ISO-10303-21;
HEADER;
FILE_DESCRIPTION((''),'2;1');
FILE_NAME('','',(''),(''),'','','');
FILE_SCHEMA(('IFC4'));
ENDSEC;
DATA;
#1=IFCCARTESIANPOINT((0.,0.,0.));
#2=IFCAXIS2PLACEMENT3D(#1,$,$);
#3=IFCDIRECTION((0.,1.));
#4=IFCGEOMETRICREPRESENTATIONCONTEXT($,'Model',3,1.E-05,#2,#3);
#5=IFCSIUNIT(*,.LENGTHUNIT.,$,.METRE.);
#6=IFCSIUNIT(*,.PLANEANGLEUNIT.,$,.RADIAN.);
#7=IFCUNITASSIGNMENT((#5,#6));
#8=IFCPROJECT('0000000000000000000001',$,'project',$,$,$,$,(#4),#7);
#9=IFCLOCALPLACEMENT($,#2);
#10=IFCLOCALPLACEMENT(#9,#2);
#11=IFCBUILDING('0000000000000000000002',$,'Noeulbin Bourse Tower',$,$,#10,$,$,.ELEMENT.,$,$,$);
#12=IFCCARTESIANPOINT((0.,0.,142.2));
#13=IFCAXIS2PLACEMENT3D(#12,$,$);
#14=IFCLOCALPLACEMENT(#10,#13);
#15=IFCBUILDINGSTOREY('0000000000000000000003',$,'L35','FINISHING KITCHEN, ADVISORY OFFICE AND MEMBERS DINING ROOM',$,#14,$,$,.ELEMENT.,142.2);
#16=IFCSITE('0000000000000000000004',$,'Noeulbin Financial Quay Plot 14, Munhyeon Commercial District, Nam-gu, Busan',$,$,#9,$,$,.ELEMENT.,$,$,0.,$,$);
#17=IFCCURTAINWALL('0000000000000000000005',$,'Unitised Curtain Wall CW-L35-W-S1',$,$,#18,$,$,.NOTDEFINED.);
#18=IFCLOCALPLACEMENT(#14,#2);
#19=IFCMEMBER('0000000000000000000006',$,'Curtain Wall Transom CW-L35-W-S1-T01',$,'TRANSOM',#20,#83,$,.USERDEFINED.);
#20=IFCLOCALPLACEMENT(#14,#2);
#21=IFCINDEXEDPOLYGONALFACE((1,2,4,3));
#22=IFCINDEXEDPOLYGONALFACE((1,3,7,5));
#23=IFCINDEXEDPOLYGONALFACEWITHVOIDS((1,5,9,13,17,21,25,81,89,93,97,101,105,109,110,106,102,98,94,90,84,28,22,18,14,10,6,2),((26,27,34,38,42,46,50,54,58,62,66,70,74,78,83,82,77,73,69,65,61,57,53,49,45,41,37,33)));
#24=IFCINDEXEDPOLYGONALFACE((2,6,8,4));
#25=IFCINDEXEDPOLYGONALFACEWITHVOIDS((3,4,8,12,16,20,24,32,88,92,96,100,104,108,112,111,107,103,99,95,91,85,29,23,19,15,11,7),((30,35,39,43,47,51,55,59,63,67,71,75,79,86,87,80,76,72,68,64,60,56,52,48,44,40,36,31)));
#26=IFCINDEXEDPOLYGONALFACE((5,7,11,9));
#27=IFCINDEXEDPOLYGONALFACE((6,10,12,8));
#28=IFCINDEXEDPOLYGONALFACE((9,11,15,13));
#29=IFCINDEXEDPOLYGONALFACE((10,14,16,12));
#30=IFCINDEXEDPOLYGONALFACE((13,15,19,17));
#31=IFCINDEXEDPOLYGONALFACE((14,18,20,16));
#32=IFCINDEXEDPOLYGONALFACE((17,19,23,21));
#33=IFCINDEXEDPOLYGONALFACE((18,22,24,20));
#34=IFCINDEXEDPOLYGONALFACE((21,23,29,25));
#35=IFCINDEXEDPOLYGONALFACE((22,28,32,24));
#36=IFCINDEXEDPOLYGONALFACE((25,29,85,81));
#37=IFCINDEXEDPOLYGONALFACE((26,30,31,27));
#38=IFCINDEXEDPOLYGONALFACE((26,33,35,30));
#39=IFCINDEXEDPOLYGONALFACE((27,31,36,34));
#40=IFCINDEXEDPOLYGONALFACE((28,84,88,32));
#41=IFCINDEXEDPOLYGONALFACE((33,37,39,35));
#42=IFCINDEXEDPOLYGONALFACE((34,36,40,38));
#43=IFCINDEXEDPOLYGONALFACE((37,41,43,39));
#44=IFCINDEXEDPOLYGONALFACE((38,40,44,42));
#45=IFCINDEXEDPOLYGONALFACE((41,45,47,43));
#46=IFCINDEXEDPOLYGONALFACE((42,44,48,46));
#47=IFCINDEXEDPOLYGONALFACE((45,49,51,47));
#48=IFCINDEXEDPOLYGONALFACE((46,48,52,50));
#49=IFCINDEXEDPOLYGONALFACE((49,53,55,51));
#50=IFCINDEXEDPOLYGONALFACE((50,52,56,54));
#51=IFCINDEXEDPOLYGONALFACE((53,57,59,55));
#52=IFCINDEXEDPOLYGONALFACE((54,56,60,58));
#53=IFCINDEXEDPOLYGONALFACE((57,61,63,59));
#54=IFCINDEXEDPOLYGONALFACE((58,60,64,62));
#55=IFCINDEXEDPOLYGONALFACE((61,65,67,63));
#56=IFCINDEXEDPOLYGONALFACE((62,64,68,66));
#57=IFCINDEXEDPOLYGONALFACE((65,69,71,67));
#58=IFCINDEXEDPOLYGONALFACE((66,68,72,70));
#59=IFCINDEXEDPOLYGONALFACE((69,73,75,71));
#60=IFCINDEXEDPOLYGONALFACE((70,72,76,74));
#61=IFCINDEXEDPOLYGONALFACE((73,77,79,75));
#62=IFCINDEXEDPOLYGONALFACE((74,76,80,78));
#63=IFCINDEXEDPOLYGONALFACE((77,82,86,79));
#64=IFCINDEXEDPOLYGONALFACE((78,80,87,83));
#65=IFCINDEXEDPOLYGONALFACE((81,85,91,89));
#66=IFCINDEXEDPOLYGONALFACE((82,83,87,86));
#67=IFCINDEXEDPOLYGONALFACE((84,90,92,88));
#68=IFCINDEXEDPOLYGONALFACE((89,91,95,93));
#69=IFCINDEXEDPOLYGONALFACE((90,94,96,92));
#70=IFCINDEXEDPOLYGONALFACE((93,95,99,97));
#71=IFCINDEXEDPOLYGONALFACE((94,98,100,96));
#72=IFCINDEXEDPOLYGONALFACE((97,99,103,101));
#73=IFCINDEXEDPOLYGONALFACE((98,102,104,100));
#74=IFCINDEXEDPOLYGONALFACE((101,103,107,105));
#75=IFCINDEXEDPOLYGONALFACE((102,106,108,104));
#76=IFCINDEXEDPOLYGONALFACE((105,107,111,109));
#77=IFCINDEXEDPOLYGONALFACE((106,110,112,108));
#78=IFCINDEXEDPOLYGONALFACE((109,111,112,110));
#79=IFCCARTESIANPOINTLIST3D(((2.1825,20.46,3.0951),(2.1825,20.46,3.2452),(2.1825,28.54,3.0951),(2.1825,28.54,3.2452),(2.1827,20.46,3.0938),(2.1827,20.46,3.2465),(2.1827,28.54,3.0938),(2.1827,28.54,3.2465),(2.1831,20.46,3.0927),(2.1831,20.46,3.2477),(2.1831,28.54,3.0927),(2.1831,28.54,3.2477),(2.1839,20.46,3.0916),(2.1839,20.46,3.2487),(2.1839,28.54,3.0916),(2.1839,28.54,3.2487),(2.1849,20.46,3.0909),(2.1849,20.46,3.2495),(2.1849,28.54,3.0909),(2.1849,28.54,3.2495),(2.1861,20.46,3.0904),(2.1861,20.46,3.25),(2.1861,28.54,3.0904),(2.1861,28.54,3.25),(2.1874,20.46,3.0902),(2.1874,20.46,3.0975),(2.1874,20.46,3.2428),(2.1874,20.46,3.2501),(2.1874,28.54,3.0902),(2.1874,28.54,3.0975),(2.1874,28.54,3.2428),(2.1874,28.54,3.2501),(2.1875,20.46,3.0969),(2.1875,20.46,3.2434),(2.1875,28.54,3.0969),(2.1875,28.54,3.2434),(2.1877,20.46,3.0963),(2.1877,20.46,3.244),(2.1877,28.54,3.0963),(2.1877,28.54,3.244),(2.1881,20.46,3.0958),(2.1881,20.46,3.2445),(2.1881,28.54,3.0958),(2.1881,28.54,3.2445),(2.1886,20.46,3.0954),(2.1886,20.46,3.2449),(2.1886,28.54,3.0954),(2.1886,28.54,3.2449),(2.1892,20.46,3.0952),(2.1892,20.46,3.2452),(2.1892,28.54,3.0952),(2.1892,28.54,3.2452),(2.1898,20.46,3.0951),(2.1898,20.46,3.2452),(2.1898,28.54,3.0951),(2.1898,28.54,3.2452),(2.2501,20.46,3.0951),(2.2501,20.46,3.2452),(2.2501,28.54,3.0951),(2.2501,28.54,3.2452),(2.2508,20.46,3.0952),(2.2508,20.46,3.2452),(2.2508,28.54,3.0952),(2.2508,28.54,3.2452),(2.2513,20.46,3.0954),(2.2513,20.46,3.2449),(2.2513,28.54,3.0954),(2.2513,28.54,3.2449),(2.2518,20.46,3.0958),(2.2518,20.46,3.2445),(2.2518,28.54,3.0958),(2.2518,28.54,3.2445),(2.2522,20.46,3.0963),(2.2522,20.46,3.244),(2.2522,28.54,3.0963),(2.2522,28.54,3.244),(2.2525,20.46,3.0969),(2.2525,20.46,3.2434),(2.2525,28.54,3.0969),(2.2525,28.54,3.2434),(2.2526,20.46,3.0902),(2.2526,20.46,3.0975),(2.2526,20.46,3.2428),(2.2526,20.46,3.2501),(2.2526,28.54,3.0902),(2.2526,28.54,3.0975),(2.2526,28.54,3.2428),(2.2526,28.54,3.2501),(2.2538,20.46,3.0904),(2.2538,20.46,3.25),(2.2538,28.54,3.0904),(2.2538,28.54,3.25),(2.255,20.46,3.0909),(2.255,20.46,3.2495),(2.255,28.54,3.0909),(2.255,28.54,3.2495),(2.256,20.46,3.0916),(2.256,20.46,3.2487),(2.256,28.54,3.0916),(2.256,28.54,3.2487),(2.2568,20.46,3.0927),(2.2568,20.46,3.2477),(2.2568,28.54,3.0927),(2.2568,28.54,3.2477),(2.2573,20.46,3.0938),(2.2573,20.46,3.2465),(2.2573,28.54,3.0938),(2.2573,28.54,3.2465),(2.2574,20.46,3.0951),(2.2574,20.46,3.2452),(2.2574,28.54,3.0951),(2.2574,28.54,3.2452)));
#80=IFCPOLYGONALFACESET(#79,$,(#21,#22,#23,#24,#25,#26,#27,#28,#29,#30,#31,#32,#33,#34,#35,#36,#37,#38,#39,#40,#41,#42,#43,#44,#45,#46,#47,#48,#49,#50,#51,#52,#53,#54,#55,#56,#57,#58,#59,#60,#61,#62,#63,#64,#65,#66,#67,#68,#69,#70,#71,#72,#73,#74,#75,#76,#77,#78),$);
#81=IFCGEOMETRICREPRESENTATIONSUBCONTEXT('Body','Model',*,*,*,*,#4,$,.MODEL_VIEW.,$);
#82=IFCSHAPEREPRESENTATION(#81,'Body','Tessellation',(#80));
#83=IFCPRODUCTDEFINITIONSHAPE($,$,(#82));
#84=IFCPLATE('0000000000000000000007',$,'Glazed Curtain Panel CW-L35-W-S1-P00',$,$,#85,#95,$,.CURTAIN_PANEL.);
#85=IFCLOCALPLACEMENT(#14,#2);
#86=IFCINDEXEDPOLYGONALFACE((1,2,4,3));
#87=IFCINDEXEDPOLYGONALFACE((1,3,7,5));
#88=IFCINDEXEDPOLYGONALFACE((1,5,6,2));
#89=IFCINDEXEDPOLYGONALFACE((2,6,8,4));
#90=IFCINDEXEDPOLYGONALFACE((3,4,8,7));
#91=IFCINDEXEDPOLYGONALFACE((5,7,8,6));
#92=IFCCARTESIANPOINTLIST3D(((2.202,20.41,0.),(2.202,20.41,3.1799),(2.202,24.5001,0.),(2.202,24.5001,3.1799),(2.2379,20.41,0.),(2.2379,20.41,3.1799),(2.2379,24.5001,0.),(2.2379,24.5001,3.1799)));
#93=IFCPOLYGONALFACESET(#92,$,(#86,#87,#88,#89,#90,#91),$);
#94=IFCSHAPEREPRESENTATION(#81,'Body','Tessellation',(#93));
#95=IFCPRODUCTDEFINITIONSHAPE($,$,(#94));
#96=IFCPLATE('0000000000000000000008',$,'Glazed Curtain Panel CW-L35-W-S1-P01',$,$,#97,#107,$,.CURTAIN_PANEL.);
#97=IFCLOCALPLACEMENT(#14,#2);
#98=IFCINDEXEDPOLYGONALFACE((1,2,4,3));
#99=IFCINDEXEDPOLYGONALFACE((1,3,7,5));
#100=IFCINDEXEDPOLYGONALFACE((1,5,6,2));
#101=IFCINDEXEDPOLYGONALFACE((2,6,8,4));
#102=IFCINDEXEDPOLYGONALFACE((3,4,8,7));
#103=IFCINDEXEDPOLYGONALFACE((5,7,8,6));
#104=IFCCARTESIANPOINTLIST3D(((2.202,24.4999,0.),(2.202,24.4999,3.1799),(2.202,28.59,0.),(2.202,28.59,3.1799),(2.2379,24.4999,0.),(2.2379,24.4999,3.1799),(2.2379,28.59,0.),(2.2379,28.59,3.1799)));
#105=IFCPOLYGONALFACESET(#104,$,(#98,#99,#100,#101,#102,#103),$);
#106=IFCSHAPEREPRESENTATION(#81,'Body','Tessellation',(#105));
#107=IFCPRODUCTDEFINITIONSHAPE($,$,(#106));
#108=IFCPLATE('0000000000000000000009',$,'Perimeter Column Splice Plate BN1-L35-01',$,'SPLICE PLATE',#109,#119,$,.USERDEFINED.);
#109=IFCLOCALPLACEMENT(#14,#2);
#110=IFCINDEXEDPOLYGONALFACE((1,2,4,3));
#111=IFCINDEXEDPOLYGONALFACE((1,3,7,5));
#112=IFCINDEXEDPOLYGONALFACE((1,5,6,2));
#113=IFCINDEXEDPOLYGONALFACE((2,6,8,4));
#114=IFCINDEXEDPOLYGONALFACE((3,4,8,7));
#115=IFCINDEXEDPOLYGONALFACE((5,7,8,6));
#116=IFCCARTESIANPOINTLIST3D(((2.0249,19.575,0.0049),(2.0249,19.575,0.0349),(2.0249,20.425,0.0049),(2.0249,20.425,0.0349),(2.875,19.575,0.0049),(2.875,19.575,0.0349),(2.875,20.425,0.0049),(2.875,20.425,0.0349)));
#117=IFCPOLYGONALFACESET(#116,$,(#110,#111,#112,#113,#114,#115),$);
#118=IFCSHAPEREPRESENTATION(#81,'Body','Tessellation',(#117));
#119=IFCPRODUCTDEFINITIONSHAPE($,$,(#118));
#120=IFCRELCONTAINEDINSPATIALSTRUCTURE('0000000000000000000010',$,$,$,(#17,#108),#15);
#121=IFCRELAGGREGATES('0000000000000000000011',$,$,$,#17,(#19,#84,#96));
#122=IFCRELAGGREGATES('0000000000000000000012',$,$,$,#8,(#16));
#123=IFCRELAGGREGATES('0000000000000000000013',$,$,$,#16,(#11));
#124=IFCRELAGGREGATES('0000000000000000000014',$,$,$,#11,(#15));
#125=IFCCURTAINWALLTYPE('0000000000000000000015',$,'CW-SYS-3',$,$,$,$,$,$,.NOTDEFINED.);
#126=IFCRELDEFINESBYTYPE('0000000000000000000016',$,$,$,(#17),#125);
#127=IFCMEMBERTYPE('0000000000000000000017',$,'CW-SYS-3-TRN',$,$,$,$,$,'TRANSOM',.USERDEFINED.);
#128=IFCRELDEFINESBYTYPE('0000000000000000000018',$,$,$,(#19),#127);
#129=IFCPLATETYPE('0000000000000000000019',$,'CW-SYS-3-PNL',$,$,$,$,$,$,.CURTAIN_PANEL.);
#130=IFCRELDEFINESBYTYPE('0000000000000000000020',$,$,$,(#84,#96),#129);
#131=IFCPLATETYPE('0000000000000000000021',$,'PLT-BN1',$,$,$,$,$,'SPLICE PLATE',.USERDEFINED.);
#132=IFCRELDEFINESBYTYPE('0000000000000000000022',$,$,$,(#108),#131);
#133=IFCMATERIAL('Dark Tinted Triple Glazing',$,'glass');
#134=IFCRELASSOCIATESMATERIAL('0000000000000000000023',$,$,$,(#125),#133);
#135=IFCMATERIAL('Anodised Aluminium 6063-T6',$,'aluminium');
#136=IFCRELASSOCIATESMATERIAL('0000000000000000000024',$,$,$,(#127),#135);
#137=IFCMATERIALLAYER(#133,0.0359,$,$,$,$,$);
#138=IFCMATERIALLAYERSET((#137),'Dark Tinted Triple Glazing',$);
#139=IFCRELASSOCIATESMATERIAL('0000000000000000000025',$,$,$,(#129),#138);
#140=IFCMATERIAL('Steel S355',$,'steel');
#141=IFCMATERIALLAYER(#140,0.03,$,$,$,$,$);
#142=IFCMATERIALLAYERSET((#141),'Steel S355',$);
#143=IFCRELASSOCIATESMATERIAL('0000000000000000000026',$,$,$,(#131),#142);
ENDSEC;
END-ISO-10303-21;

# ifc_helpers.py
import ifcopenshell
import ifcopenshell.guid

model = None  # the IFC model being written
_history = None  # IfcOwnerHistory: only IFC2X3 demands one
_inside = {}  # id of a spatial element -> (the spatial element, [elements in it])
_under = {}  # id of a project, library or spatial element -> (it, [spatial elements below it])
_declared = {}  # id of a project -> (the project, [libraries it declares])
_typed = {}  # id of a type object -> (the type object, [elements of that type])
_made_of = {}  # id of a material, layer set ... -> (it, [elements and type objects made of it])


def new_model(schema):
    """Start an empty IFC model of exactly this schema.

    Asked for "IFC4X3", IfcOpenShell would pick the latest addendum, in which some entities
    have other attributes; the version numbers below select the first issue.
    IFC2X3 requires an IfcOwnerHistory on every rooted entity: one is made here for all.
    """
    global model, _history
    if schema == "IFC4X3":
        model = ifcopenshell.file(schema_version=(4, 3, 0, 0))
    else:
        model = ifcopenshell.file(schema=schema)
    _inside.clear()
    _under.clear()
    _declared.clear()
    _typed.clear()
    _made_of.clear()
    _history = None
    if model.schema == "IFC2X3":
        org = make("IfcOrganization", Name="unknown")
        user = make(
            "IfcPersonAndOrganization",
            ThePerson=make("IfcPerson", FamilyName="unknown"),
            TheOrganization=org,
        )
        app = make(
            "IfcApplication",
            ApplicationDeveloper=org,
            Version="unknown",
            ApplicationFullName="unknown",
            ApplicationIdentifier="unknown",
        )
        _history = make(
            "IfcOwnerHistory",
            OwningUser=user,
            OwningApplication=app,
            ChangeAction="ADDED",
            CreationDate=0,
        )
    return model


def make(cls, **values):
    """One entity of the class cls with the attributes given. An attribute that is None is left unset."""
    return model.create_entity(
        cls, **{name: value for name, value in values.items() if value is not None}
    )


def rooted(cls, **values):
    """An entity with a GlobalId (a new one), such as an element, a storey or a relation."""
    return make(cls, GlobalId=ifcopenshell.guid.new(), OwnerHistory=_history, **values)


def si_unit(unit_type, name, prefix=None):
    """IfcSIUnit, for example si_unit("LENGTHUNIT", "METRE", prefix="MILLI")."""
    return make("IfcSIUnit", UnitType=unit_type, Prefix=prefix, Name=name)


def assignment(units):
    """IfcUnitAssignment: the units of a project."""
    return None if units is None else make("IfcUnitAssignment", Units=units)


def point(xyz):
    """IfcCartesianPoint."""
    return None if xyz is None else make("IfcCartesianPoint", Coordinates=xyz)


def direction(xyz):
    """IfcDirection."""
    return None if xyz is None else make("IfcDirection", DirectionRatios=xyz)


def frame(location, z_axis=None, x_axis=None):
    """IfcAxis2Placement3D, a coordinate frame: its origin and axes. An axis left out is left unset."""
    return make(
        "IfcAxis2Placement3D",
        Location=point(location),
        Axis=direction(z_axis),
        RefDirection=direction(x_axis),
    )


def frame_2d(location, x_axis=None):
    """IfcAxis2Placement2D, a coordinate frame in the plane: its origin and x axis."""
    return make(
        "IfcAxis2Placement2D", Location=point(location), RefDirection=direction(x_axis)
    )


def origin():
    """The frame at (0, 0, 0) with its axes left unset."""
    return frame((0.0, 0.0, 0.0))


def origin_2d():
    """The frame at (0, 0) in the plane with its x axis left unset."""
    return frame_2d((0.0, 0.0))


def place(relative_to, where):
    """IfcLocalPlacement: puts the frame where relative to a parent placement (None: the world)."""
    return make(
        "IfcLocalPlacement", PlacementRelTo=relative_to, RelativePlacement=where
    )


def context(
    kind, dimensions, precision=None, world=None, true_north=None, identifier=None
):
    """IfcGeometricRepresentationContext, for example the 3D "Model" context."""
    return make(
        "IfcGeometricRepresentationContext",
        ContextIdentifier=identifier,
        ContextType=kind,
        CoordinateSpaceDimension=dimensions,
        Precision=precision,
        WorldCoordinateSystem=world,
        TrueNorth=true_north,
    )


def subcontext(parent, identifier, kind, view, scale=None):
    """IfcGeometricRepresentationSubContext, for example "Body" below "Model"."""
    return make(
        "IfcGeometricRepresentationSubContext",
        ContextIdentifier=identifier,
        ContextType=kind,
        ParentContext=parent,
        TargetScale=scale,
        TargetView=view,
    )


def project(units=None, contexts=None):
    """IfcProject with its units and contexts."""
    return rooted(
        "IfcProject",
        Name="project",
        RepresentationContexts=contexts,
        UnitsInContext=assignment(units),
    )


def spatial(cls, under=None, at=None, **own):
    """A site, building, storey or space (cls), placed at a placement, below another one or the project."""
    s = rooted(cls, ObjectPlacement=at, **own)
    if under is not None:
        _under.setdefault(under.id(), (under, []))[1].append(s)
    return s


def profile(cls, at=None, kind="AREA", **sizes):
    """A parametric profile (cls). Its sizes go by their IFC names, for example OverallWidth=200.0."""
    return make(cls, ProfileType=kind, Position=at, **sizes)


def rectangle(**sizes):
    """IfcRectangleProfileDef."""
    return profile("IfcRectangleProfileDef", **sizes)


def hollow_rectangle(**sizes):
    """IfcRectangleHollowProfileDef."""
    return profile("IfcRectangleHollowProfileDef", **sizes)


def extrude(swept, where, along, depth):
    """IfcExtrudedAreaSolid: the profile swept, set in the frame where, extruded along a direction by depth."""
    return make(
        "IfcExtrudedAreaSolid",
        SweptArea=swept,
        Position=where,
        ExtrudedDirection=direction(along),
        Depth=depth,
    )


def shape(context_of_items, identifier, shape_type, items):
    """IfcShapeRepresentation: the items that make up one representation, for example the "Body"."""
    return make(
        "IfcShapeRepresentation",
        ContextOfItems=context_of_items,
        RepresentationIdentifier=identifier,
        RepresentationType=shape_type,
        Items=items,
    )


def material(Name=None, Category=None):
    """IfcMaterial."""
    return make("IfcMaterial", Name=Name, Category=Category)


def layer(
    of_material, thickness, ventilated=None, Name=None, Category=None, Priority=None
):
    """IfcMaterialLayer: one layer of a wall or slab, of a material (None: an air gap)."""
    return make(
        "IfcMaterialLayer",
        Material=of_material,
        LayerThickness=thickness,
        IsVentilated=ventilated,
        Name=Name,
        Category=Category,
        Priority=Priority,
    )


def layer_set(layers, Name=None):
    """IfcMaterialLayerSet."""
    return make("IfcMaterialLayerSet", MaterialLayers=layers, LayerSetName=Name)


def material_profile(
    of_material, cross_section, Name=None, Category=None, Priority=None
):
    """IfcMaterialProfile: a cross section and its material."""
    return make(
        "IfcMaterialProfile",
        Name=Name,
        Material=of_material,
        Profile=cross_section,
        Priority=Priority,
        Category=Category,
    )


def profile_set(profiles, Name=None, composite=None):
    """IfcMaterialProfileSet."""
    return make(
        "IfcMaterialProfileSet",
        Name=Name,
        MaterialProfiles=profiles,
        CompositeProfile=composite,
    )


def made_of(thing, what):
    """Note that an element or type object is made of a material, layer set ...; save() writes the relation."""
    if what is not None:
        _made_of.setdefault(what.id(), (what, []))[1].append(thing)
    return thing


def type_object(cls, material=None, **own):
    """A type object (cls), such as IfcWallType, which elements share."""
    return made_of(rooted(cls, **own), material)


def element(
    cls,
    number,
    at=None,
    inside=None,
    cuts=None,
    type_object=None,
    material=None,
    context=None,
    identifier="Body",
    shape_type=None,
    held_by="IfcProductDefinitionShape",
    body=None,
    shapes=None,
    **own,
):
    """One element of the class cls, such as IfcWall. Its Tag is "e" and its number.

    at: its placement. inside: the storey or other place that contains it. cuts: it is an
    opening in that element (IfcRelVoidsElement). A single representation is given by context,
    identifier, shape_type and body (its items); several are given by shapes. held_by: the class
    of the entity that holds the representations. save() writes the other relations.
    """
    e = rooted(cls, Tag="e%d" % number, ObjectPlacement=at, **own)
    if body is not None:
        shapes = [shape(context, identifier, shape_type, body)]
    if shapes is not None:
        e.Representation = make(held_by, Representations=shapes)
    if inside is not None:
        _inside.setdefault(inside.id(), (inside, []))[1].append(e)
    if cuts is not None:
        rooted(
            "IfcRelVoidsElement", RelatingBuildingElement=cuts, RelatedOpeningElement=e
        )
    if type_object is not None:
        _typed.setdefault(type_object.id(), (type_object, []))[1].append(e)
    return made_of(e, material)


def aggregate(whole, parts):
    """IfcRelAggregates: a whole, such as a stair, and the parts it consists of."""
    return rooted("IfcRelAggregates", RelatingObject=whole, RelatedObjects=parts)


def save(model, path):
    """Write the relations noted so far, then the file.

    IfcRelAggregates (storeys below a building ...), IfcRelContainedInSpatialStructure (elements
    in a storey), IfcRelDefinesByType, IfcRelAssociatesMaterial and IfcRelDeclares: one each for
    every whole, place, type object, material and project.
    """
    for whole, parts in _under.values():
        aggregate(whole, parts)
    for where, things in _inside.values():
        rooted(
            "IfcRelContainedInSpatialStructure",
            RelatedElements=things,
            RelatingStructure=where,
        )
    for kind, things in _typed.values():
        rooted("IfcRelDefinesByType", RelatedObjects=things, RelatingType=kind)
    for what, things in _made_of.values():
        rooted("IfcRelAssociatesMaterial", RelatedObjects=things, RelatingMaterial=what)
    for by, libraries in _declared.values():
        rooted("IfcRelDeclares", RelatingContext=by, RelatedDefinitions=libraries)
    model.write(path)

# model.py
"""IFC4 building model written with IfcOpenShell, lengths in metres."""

from ifc_helpers import new_model, si_unit, direction, frame, origin, origin_2d, place, context, subcontext, project, spatial, rectangle, hollow_rectangle, extrude, material, layer, layer_set, material_profile, profile_set, type_object, element, aggregate, save


model = new_model("IFC4")

# Units and contexts
model_context = context("Model", 3, precision=1e-05, world=origin(), true_north=direction((0.0, 1.0)))
body_context = subcontext(model_context, "Body", "Model", "MODEL_VIEW")
ifc_project = project(units=[si_unit("LENGTHUNIT", "METRE"), si_unit("PLANEANGLEUNIT", "RADIAN")], contexts=[model_context])

# Site, building, storey
site_placement = place(None, origin())
site = spatial("IfcSite", under=ifc_project, at=site_placement, Name="Noeulbin Financial Quay Plot 14, Munhyeon Commercial District, Nam-gu, Busan", CompositionType="ELEMENT", RefElevation=0.0)
building_placement = place(site_placement, origin())
building = spatial("IfcBuilding", under=site, at=building_placement, Name="Noeulbin Bourse Tower", CompositionType="ELEMENT")
storey_placement = place(building_placement, frame((0.0, 0.0, 142.2)))
storey = spatial("IfcBuildingStorey", under=building, at=storey_placement, Name="L35", Description="FINISHING KITCHEN, ADVISORY OFFICE AND MEMBERS DINING ROOM", CompositionType="ELEMENT", Elevation=142.2)

# Shared definitions
ifc_material_1 = material(Name="Steel S355", Category="steel")

# Curtain wall, member, plates
ifc_material_2 = material(Name="Dark Tinted Triple Glazing", Category="glass")
curtain_wall_type = type_object("IfcCurtainWallType", Name="CW-SYS-3", PredefinedType="NOTDEFINED", material=ifc_material_2)
curtain_wall_placement = place(storey_placement, origin())
curtain_wall = element("IfcCurtainWall", 1, at=curtain_wall_placement, inside=storey, type_object=curtain_wall_type, Name="Unitised Curtain Wall CW-L35-W-S1", PredefinedType="NOTDEFINED")
ifc_material_3 = material(Name="Anodised Aluminium 6063-T6", Category="aluminium")
ifc_material_profile_1 = material_profile(ifc_material_3, hollow_rectangle(XDim=0.075, YDim=0.1599, WallThickness=0.0049, InnerFilletRadius=0.0024, OuterFilletRadius=0.0049, at=origin_2d()), Name="ALU-TRAN-75x160x5", Category="LoadBearing")
ifc_profile_set_1 = profile_set([ifc_material_profile_1], Name="Anodised Aluminium 6063-T6")
member_type_1 = type_object("IfcMemberType", Name="CW-SYS-3-TRN", ElementType="TRANSOM", PredefinedType="USERDEFINED", material=ifc_profile_set_1)
member_1_placement = place(storey_placement, frame((2.22, 20.46, 3.1702), z_axis=(0.0, 1.0, 0.0), x_axis=(-1.0, 0.0, 0.0)))
member_1 = element("IfcMember", 2, at=member_1_placement, type_object=member_type_1, Name="Curtain Wall Transom CW-L35-W-S1-T01", ObjectType="TRANSOM", PredefinedType="USERDEFINED", context=body_context, shape_type="SweptSolid", body=[
    extrude(hollow_rectangle(XDim=0.075, YDim=0.1599, WallThickness=0.0049, InnerFilletRadius=0.0024, OuterFilletRadius=0.0049, at=origin_2d()), origin(), (0.0, 0.0, 1.0), 8.0801),
])
ifc_layer_1 = layer(ifc_material_2, 0.0359)
ifc_layer_set_1 = layer_set([ifc_layer_1], Name="Dark Tinted Triple Glazing")
plate_type_1 = type_object("IfcPlateType", Name="CW-SYS-3-PNL", PredefinedType="CURTAIN_PANEL", material=ifc_layer_set_1)
plate_1_placement = place(storey_placement, frame((2.22, 22.4551, 0.0), z_axis=(0.0, 0.0, 1.0), x_axis=(0.0, 1.0, 0.0)))
plate_1 = element("IfcPlate", 3, at=plate_1_placement, type_object=plate_type_1, Name="Glazed Curtain Panel CW-L35-W-S1-P00", PredefinedType="CURTAIN_PANEL", context=body_context, shape_type="SweptSolid", body=[
    extrude(rectangle(XDim=4.0901, YDim=0.0359, at=origin_2d()), origin(), (0.0, 0.0, 1.0), 3.1799),
])
plate_2_placement = place(storey_placement, frame((2.22, 26.5449, 0.0), z_axis=(0.0, 0.0, 1.0), x_axis=(0.0, 1.0, 0.0)))
plate_2 = element("IfcPlate", 4, at=plate_2_placement, type_object=plate_type_1, Name="Glazed Curtain Panel CW-L35-W-S1-P01", PredefinedType="CURTAIN_PANEL", context=body_context, shape_type="SweptSolid", body=[
    extrude(rectangle(XDim=4.0901, YDim=0.0359, at=origin_2d()), origin(), (0.0, 0.0, 1.0), 3.1799),
])
aggregate(curtain_wall, [member_1, plate_1, plate_2])

# Plate
ifc_layer_2 = layer(ifc_material_1, 0.03)
ifc_layer_set_2 = layer_set([ifc_layer_2], Name="Steel S355")
plate_type_2 = type_object("IfcPlateType", Name="PLT-BN1", ElementType="SPLICE PLATE", PredefinedType="USERDEFINED", material=ifc_layer_set_2)
plate_3_placement = place(storey_placement, frame((2.45, 20.0, 0.0049), z_axis=(0.0, 0.0, 1.0), x_axis=(1.0, 0.0, 0.0)))
element("IfcPlate", 5, at=plate_3_placement, inside=storey, type_object=plate_type_2, Name="Perimeter Column Splice Plate BN1-L35-01", ObjectType="SPLICE PLATE", PredefinedType="USERDEFINED", context=body_context, shape_type="SweptSolid", body=[
    extrude(rectangle(XDim=0.8501, YDim=0.8501, at=origin_2d()), origin(), (0.0, 0.0, 1.0), 0.03),
])

save(model, "model.ifc")
